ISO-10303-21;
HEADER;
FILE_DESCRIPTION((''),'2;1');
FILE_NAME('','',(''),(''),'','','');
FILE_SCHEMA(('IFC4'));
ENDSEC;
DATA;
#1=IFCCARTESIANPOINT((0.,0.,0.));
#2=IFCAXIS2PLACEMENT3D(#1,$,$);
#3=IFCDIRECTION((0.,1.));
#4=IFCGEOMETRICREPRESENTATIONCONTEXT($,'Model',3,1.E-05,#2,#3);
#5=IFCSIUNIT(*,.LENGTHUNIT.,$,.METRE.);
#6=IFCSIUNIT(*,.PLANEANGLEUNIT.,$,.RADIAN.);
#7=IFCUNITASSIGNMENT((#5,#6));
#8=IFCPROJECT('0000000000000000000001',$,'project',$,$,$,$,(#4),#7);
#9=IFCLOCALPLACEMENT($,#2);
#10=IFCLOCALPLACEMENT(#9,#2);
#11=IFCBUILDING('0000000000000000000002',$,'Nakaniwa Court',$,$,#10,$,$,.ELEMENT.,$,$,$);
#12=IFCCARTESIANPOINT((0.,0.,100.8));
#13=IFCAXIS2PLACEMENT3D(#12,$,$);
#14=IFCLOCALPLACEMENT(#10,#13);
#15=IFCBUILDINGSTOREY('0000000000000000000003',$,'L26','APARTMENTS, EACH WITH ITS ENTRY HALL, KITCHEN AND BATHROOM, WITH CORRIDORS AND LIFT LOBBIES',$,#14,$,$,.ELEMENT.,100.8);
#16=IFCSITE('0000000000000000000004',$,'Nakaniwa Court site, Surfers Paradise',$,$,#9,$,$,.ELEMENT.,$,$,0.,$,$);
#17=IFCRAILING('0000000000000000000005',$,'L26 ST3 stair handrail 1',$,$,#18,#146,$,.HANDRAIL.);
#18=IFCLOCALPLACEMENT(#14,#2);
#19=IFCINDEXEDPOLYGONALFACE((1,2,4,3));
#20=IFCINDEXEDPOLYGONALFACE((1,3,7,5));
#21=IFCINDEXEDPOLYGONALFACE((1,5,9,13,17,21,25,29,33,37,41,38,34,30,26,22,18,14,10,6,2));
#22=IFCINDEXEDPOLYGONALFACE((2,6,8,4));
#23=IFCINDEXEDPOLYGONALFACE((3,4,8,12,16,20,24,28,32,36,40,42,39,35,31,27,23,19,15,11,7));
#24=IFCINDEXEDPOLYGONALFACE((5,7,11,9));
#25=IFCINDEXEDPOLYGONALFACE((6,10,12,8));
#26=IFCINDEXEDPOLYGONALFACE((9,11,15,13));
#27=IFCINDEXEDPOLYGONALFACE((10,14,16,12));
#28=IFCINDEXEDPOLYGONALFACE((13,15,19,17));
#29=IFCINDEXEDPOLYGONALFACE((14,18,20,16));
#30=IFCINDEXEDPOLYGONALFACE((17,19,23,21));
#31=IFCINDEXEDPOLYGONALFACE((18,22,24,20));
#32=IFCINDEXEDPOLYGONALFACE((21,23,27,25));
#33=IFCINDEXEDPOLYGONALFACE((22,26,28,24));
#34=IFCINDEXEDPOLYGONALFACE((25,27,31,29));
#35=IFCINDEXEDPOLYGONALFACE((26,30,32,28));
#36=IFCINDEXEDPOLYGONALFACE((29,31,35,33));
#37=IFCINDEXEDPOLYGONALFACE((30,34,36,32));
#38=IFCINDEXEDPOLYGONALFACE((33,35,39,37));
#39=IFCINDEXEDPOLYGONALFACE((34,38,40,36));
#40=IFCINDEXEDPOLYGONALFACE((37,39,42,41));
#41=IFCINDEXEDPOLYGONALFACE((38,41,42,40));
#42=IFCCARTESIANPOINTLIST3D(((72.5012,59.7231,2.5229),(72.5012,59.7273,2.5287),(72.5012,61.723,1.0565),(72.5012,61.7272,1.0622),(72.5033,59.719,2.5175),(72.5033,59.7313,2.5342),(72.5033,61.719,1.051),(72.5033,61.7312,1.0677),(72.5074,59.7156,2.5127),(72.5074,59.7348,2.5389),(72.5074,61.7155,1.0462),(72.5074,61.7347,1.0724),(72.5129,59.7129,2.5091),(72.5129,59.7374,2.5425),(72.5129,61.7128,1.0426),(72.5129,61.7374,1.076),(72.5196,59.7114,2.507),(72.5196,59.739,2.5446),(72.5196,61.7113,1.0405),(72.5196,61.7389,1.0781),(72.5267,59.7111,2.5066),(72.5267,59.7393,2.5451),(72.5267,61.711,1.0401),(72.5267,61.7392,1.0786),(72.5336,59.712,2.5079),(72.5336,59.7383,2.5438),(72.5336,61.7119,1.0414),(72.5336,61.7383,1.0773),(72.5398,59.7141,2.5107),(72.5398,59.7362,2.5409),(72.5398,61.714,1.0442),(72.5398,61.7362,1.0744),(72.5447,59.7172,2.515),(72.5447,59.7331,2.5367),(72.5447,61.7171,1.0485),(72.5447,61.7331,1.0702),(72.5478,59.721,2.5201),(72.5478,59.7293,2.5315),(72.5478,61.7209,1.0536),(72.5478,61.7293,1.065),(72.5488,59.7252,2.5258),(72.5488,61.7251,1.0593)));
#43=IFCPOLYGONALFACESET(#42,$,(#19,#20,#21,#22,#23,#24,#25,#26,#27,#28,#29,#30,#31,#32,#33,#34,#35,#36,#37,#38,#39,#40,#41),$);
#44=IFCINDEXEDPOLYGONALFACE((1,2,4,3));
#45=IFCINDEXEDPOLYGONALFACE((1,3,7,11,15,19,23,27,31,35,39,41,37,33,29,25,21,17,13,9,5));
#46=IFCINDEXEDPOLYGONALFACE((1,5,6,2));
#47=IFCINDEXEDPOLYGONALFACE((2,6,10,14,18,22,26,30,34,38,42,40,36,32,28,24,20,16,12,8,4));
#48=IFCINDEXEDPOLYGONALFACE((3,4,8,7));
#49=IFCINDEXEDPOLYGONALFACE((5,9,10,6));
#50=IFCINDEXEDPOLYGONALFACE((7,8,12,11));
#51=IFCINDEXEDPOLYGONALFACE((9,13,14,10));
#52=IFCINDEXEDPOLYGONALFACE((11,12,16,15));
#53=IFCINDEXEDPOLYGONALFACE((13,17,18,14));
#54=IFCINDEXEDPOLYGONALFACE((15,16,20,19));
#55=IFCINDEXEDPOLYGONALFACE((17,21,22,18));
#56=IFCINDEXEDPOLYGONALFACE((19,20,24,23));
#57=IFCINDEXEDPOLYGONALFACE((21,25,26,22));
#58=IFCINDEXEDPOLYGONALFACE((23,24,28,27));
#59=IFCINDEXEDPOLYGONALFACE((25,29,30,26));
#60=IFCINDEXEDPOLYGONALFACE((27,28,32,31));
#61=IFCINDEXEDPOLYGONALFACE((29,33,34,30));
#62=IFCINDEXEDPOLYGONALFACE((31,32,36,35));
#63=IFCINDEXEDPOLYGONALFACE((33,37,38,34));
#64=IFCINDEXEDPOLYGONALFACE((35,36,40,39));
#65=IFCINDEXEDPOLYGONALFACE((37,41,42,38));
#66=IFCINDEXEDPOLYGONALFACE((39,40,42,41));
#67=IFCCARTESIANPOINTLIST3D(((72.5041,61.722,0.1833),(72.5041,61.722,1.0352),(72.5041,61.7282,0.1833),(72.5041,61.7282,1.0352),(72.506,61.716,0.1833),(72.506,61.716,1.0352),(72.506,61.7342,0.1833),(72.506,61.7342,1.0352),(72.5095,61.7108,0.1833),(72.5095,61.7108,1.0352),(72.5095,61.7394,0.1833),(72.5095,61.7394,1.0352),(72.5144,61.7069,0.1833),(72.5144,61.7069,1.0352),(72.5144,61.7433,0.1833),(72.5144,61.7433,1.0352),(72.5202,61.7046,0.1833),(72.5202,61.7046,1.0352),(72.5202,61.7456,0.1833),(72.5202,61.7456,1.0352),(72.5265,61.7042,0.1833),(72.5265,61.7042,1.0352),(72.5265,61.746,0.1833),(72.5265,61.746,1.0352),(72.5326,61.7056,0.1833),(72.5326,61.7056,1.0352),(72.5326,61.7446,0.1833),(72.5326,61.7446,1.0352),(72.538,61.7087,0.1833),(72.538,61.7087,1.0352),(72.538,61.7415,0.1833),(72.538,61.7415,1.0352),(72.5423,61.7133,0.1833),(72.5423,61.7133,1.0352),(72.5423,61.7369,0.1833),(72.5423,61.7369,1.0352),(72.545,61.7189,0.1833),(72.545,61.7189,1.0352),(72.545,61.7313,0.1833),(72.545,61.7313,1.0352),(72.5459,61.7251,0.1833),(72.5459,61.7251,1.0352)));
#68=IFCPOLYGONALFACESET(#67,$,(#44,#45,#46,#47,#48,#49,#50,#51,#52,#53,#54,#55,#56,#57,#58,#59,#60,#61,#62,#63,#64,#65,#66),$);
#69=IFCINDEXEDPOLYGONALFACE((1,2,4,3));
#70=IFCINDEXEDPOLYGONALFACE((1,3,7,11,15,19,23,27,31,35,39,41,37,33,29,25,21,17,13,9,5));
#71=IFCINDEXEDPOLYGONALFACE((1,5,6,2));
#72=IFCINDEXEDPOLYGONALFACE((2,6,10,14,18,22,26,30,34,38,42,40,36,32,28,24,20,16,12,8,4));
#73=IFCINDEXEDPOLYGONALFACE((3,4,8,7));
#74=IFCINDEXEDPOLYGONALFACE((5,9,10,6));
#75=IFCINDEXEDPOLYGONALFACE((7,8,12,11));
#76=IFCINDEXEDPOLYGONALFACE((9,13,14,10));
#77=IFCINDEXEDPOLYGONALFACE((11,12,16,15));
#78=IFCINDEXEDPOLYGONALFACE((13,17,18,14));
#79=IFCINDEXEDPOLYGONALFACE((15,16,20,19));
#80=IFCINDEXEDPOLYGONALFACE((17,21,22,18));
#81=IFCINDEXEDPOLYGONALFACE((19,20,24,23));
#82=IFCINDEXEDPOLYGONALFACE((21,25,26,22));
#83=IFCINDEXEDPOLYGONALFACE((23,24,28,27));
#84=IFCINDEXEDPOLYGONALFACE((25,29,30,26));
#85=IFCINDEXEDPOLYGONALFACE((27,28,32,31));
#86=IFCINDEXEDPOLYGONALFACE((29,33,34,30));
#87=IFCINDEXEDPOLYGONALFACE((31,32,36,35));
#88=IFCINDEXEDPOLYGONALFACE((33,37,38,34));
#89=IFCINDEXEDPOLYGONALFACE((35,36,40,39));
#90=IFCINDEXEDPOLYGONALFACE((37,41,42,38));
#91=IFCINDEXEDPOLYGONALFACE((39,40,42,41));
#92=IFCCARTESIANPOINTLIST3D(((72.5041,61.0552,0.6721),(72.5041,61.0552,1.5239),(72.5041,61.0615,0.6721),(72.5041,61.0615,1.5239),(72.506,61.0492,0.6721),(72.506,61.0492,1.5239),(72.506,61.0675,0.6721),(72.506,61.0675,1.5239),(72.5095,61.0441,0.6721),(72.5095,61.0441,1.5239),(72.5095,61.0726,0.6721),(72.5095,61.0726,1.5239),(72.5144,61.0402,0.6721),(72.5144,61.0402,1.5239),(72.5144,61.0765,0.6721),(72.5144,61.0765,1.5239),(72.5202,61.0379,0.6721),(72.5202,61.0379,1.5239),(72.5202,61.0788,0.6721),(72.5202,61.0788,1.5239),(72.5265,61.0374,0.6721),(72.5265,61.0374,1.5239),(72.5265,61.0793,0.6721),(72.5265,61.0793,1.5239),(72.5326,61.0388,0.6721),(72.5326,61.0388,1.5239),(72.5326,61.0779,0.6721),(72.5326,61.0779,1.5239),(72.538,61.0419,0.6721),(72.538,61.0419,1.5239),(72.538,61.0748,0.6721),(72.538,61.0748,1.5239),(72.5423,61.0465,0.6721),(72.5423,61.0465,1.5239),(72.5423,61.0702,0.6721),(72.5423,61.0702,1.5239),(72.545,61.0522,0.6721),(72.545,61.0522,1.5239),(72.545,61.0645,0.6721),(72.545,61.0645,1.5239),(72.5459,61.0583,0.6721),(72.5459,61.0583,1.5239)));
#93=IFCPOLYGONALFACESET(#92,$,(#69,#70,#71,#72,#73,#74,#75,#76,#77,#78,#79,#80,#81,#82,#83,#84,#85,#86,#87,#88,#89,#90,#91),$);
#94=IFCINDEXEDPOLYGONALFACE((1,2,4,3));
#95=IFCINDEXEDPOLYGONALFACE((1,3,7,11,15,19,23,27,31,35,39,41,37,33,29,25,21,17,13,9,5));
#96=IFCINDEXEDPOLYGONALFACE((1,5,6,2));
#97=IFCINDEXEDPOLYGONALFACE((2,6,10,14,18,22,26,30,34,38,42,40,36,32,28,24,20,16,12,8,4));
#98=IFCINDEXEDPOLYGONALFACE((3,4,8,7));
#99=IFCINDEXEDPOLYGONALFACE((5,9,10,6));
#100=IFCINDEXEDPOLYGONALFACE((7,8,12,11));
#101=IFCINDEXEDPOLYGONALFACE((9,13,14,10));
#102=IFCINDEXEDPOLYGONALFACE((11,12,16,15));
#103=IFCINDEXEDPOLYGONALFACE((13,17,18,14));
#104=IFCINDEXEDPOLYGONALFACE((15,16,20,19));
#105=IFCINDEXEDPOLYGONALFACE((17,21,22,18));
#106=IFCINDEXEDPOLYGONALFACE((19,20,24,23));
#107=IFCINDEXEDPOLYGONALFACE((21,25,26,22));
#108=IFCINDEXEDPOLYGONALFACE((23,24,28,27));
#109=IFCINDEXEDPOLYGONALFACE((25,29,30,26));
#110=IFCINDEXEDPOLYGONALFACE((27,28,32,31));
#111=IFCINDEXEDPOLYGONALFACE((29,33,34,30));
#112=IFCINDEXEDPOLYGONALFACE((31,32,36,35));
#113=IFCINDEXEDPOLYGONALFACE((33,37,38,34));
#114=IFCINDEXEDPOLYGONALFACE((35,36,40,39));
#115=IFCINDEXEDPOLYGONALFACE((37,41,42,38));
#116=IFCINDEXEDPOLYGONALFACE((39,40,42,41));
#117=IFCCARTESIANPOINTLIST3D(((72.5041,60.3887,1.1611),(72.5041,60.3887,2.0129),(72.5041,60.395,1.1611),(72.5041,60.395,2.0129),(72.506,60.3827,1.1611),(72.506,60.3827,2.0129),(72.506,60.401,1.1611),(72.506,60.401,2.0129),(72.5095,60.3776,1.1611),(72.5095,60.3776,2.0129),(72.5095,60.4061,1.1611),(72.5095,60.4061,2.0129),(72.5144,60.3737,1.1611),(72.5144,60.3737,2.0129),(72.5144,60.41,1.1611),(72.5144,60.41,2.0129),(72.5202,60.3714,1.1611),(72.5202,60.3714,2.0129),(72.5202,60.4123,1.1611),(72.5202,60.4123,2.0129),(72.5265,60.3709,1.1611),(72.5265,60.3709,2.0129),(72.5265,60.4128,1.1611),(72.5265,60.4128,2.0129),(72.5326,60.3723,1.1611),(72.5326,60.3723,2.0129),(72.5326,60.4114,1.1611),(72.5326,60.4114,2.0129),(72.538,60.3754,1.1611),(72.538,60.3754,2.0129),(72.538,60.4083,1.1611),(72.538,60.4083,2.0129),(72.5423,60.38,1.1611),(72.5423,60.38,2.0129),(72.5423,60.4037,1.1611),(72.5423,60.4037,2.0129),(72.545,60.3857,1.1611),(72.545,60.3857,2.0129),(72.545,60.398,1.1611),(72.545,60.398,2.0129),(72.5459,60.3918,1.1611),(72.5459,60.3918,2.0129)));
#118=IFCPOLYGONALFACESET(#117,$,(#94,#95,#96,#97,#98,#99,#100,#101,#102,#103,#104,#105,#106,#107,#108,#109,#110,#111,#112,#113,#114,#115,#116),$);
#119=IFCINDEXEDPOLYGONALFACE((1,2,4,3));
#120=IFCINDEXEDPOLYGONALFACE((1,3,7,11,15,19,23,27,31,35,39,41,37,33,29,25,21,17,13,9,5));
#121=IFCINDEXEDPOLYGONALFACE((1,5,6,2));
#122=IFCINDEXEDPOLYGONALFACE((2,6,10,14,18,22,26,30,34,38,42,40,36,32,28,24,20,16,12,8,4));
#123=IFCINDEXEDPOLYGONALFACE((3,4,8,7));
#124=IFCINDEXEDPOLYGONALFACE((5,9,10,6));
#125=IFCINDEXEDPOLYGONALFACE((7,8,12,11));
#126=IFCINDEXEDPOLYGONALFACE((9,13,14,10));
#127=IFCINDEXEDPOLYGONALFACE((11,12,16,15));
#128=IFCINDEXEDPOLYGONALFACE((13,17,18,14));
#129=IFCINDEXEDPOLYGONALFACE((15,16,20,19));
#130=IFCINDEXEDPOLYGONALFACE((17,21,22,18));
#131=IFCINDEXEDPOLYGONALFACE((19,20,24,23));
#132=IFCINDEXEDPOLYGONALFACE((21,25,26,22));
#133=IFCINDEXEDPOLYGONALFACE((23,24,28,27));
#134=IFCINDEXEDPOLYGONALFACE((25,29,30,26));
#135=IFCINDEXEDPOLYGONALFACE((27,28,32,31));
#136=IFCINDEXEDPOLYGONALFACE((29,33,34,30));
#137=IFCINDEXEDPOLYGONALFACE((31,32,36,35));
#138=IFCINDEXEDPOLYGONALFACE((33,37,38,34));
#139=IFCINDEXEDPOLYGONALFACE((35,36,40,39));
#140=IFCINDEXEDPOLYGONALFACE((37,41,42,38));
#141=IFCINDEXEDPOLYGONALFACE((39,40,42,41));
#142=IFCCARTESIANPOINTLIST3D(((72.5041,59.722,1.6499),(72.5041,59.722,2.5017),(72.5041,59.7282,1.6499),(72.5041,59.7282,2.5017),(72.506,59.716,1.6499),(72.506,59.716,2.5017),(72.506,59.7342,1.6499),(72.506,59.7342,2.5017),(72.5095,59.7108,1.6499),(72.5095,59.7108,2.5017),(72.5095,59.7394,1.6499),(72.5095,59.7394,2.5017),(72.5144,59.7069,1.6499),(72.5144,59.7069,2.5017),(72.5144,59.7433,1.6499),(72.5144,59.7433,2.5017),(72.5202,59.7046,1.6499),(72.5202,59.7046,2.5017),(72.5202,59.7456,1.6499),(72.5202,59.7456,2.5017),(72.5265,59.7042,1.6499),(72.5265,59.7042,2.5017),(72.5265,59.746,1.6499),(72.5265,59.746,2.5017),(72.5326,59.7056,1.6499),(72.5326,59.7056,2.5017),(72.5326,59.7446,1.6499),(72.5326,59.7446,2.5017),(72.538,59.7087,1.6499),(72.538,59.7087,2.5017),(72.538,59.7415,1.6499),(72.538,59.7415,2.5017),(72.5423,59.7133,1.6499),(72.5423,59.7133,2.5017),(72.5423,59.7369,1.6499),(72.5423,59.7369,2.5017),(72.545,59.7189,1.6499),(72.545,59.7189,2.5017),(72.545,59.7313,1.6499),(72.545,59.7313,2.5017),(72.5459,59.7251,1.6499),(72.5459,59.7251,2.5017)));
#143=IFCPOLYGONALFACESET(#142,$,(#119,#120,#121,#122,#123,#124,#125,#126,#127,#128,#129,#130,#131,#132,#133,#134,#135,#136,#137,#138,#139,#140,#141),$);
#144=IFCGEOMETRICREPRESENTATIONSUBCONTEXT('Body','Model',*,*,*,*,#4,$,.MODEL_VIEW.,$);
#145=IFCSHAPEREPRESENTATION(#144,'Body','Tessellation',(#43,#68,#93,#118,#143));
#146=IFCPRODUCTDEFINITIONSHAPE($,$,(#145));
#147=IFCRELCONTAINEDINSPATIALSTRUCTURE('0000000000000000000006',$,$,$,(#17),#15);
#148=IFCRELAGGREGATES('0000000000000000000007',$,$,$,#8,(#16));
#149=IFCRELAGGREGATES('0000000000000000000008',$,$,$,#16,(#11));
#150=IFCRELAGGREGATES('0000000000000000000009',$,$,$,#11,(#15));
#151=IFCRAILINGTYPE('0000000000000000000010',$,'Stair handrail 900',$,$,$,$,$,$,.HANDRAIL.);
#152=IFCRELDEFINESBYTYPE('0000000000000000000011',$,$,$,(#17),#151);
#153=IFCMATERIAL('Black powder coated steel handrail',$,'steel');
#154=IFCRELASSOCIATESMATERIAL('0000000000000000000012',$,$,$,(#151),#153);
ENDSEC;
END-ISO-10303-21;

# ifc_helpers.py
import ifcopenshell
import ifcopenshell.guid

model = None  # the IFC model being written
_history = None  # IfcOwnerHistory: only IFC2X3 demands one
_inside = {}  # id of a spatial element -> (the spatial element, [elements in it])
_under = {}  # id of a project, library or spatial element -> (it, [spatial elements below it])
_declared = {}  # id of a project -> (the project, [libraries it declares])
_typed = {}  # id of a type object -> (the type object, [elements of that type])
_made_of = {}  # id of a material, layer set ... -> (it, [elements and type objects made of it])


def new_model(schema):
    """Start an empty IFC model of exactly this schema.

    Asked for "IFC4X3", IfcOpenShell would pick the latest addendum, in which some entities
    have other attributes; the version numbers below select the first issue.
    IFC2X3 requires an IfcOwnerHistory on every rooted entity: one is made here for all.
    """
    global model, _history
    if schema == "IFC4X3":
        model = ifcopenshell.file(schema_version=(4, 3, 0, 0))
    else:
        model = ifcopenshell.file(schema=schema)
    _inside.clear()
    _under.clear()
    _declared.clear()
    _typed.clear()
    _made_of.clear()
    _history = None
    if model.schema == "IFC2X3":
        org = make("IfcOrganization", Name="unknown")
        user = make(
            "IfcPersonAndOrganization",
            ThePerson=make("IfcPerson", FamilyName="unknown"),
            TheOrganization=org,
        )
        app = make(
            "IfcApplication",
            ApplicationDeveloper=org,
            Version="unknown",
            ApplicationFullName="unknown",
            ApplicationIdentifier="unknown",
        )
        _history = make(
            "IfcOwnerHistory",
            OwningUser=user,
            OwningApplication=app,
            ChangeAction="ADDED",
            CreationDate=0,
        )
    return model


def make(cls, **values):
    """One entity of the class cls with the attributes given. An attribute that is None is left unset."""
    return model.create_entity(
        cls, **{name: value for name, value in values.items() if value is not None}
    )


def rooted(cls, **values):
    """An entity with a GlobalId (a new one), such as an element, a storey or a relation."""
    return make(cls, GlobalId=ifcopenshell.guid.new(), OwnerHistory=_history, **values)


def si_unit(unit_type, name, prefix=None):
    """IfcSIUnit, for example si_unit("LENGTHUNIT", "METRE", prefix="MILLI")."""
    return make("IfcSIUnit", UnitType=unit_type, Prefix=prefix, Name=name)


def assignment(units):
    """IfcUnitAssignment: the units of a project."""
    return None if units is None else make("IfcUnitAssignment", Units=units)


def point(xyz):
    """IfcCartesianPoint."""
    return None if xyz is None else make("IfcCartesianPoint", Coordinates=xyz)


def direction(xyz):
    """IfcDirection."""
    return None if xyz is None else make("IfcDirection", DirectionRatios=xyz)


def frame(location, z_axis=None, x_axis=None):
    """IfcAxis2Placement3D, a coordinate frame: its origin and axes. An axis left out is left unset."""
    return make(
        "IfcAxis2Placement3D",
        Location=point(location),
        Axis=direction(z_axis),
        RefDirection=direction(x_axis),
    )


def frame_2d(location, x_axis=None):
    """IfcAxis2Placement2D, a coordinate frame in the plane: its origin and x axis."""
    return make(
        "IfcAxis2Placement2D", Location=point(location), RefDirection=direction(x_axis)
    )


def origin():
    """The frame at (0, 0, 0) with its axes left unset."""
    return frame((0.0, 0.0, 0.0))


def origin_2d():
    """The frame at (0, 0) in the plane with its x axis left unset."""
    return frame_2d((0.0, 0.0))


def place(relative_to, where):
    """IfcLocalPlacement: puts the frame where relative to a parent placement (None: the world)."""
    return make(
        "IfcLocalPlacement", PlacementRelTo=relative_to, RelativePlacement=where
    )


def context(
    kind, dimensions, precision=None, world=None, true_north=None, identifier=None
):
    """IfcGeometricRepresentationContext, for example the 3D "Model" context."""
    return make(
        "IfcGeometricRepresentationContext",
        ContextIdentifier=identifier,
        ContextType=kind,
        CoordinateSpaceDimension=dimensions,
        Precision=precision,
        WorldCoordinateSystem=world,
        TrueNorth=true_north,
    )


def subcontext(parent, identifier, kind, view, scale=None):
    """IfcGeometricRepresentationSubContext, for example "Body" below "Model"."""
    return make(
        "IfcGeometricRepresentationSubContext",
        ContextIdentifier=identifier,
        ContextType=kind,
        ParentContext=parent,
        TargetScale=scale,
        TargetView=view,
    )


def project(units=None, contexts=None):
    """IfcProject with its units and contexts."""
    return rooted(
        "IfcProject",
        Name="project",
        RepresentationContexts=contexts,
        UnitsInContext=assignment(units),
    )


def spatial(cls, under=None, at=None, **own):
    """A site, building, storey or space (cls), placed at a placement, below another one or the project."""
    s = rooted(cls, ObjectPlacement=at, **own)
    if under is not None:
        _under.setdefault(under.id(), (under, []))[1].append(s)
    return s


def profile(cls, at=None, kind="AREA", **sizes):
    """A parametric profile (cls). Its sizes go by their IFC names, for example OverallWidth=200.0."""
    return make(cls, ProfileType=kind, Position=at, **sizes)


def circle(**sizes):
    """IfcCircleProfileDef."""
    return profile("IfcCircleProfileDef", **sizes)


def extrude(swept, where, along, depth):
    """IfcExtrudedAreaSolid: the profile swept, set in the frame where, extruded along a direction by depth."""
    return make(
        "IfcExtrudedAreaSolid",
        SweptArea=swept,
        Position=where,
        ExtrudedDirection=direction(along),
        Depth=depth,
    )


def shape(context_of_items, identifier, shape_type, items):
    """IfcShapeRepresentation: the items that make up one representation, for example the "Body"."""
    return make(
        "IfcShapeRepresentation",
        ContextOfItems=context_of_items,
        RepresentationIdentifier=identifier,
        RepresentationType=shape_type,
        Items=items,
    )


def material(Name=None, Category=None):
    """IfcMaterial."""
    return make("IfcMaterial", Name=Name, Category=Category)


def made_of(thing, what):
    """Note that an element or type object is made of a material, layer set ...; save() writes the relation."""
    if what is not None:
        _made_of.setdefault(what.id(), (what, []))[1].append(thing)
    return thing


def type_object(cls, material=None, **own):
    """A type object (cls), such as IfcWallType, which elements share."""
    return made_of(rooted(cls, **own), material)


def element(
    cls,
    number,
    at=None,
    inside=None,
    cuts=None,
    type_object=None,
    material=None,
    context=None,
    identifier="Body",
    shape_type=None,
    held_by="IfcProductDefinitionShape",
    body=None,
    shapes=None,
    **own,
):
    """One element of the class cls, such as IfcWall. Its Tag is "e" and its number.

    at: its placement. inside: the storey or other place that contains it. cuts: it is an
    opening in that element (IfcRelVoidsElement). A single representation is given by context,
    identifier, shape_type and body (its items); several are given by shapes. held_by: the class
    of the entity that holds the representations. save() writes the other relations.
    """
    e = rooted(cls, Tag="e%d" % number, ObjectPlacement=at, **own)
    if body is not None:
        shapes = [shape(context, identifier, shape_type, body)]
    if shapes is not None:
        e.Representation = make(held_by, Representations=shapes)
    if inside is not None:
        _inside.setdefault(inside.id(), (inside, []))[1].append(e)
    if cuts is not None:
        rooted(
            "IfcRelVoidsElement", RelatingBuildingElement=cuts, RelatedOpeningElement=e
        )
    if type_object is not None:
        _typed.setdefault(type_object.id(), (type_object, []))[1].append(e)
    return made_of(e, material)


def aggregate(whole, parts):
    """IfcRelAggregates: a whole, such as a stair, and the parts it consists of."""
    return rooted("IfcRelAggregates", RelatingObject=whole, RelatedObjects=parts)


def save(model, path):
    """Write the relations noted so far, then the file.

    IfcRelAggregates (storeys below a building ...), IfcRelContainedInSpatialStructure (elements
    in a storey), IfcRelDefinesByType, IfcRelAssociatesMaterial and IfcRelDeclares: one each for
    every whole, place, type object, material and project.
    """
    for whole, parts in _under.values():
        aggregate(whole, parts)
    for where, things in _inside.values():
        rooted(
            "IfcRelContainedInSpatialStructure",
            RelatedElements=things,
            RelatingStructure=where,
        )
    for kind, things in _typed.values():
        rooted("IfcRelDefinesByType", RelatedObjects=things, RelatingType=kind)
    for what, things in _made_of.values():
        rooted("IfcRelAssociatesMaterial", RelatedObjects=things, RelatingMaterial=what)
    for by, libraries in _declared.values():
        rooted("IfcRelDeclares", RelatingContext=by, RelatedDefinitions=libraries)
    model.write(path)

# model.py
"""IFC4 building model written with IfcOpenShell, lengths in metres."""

from ifc_helpers import new_model, si_unit, direction, frame, origin, origin_2d, place, context, subcontext, project, spatial, circle, extrude, material, type_object, element, save


model = new_model("IFC4")

# Units and contexts
model_context = context("Model", 3, precision=1e-05, world=origin(), true_north=direction((0.0, 1.0)))
body_context = subcontext(model_context, "Body", "Model", "MODEL_VIEW")
ifc_project = project(units=[si_unit("LENGTHUNIT", "METRE"), si_unit("PLANEANGLEUNIT", "RADIAN")], contexts=[model_context])

# Site, building, storey
site_placement = place(None, origin())
site = spatial("IfcSite", under=ifc_project, at=site_placement, Name="Nakaniwa Court site, Surfers Paradise", CompositionType="ELEMENT", RefElevation=0.0)
building_placement = place(site_placement, origin())
building = spatial("IfcBuilding", under=site, at=building_placement, Name="Nakaniwa Court", CompositionType="ELEMENT")
storey_placement = place(building_placement, frame((0.0, 0.0, 100.8)))
storey = spatial("IfcBuildingStorey", under=building, at=storey_placement, Name="L26", Description="APARTMENTS, EACH WITH ITS ENTRY HALL, KITCHEN AND BATHROOM, WITH CORRIDORS AND LIFT LOBBIES", CompositionType="ELEMENT", Elevation=100.8)

# Railing
ifc_material_1 = material(Name="Black powder coated steel handrail", Category="steel")
railing_type_1 = type_object("IfcRailingType", Name="Stair handrail 900", PredefinedType="HANDRAIL", material=ifc_material_1)
railing_1_placement = place(storey_placement, frame((72.5249, 61.7251, 0.1833)))
element("IfcRailing", 1, at=railing_1_placement, inside=storey, type_object=railing_type_1, Name="L26 ST3 stair handrail 1", PredefinedType="HANDRAIL", context=body_context, shape_type="SweptSolid", body=[
    extrude(circle(Radius=0.0239, at=origin_2d()), frame((0.0, 0.0, 0.876), z_axis=(0.0, -0.806427, 0.591334), x_axis=(1.0, 0.0, 0.0)), (0.0, 0.0, 1.0), 2.48),
    extrude(circle(Radius=0.021, at=origin_2d()), origin(), (0.0, 0.0, 1.0), 0.8518),
    extrude(circle(Radius=0.021, at=origin_2d()), frame((0.0, -0.6667, 0.4888)), (0.0, 0.0, 1.0), 0.8518),
    extrude(circle(Radius=0.021, at=origin_2d()), frame((0.0, -1.3333, 0.9778)), (0.0, 0.0, 1.0), 0.8518),
    extrude(circle(Radius=0.021, at=origin_2d()), frame((0.0, -2.0, 1.4666)), (0.0, 0.0, 1.0), 0.8518),
])

save(model, "model.ifc")
